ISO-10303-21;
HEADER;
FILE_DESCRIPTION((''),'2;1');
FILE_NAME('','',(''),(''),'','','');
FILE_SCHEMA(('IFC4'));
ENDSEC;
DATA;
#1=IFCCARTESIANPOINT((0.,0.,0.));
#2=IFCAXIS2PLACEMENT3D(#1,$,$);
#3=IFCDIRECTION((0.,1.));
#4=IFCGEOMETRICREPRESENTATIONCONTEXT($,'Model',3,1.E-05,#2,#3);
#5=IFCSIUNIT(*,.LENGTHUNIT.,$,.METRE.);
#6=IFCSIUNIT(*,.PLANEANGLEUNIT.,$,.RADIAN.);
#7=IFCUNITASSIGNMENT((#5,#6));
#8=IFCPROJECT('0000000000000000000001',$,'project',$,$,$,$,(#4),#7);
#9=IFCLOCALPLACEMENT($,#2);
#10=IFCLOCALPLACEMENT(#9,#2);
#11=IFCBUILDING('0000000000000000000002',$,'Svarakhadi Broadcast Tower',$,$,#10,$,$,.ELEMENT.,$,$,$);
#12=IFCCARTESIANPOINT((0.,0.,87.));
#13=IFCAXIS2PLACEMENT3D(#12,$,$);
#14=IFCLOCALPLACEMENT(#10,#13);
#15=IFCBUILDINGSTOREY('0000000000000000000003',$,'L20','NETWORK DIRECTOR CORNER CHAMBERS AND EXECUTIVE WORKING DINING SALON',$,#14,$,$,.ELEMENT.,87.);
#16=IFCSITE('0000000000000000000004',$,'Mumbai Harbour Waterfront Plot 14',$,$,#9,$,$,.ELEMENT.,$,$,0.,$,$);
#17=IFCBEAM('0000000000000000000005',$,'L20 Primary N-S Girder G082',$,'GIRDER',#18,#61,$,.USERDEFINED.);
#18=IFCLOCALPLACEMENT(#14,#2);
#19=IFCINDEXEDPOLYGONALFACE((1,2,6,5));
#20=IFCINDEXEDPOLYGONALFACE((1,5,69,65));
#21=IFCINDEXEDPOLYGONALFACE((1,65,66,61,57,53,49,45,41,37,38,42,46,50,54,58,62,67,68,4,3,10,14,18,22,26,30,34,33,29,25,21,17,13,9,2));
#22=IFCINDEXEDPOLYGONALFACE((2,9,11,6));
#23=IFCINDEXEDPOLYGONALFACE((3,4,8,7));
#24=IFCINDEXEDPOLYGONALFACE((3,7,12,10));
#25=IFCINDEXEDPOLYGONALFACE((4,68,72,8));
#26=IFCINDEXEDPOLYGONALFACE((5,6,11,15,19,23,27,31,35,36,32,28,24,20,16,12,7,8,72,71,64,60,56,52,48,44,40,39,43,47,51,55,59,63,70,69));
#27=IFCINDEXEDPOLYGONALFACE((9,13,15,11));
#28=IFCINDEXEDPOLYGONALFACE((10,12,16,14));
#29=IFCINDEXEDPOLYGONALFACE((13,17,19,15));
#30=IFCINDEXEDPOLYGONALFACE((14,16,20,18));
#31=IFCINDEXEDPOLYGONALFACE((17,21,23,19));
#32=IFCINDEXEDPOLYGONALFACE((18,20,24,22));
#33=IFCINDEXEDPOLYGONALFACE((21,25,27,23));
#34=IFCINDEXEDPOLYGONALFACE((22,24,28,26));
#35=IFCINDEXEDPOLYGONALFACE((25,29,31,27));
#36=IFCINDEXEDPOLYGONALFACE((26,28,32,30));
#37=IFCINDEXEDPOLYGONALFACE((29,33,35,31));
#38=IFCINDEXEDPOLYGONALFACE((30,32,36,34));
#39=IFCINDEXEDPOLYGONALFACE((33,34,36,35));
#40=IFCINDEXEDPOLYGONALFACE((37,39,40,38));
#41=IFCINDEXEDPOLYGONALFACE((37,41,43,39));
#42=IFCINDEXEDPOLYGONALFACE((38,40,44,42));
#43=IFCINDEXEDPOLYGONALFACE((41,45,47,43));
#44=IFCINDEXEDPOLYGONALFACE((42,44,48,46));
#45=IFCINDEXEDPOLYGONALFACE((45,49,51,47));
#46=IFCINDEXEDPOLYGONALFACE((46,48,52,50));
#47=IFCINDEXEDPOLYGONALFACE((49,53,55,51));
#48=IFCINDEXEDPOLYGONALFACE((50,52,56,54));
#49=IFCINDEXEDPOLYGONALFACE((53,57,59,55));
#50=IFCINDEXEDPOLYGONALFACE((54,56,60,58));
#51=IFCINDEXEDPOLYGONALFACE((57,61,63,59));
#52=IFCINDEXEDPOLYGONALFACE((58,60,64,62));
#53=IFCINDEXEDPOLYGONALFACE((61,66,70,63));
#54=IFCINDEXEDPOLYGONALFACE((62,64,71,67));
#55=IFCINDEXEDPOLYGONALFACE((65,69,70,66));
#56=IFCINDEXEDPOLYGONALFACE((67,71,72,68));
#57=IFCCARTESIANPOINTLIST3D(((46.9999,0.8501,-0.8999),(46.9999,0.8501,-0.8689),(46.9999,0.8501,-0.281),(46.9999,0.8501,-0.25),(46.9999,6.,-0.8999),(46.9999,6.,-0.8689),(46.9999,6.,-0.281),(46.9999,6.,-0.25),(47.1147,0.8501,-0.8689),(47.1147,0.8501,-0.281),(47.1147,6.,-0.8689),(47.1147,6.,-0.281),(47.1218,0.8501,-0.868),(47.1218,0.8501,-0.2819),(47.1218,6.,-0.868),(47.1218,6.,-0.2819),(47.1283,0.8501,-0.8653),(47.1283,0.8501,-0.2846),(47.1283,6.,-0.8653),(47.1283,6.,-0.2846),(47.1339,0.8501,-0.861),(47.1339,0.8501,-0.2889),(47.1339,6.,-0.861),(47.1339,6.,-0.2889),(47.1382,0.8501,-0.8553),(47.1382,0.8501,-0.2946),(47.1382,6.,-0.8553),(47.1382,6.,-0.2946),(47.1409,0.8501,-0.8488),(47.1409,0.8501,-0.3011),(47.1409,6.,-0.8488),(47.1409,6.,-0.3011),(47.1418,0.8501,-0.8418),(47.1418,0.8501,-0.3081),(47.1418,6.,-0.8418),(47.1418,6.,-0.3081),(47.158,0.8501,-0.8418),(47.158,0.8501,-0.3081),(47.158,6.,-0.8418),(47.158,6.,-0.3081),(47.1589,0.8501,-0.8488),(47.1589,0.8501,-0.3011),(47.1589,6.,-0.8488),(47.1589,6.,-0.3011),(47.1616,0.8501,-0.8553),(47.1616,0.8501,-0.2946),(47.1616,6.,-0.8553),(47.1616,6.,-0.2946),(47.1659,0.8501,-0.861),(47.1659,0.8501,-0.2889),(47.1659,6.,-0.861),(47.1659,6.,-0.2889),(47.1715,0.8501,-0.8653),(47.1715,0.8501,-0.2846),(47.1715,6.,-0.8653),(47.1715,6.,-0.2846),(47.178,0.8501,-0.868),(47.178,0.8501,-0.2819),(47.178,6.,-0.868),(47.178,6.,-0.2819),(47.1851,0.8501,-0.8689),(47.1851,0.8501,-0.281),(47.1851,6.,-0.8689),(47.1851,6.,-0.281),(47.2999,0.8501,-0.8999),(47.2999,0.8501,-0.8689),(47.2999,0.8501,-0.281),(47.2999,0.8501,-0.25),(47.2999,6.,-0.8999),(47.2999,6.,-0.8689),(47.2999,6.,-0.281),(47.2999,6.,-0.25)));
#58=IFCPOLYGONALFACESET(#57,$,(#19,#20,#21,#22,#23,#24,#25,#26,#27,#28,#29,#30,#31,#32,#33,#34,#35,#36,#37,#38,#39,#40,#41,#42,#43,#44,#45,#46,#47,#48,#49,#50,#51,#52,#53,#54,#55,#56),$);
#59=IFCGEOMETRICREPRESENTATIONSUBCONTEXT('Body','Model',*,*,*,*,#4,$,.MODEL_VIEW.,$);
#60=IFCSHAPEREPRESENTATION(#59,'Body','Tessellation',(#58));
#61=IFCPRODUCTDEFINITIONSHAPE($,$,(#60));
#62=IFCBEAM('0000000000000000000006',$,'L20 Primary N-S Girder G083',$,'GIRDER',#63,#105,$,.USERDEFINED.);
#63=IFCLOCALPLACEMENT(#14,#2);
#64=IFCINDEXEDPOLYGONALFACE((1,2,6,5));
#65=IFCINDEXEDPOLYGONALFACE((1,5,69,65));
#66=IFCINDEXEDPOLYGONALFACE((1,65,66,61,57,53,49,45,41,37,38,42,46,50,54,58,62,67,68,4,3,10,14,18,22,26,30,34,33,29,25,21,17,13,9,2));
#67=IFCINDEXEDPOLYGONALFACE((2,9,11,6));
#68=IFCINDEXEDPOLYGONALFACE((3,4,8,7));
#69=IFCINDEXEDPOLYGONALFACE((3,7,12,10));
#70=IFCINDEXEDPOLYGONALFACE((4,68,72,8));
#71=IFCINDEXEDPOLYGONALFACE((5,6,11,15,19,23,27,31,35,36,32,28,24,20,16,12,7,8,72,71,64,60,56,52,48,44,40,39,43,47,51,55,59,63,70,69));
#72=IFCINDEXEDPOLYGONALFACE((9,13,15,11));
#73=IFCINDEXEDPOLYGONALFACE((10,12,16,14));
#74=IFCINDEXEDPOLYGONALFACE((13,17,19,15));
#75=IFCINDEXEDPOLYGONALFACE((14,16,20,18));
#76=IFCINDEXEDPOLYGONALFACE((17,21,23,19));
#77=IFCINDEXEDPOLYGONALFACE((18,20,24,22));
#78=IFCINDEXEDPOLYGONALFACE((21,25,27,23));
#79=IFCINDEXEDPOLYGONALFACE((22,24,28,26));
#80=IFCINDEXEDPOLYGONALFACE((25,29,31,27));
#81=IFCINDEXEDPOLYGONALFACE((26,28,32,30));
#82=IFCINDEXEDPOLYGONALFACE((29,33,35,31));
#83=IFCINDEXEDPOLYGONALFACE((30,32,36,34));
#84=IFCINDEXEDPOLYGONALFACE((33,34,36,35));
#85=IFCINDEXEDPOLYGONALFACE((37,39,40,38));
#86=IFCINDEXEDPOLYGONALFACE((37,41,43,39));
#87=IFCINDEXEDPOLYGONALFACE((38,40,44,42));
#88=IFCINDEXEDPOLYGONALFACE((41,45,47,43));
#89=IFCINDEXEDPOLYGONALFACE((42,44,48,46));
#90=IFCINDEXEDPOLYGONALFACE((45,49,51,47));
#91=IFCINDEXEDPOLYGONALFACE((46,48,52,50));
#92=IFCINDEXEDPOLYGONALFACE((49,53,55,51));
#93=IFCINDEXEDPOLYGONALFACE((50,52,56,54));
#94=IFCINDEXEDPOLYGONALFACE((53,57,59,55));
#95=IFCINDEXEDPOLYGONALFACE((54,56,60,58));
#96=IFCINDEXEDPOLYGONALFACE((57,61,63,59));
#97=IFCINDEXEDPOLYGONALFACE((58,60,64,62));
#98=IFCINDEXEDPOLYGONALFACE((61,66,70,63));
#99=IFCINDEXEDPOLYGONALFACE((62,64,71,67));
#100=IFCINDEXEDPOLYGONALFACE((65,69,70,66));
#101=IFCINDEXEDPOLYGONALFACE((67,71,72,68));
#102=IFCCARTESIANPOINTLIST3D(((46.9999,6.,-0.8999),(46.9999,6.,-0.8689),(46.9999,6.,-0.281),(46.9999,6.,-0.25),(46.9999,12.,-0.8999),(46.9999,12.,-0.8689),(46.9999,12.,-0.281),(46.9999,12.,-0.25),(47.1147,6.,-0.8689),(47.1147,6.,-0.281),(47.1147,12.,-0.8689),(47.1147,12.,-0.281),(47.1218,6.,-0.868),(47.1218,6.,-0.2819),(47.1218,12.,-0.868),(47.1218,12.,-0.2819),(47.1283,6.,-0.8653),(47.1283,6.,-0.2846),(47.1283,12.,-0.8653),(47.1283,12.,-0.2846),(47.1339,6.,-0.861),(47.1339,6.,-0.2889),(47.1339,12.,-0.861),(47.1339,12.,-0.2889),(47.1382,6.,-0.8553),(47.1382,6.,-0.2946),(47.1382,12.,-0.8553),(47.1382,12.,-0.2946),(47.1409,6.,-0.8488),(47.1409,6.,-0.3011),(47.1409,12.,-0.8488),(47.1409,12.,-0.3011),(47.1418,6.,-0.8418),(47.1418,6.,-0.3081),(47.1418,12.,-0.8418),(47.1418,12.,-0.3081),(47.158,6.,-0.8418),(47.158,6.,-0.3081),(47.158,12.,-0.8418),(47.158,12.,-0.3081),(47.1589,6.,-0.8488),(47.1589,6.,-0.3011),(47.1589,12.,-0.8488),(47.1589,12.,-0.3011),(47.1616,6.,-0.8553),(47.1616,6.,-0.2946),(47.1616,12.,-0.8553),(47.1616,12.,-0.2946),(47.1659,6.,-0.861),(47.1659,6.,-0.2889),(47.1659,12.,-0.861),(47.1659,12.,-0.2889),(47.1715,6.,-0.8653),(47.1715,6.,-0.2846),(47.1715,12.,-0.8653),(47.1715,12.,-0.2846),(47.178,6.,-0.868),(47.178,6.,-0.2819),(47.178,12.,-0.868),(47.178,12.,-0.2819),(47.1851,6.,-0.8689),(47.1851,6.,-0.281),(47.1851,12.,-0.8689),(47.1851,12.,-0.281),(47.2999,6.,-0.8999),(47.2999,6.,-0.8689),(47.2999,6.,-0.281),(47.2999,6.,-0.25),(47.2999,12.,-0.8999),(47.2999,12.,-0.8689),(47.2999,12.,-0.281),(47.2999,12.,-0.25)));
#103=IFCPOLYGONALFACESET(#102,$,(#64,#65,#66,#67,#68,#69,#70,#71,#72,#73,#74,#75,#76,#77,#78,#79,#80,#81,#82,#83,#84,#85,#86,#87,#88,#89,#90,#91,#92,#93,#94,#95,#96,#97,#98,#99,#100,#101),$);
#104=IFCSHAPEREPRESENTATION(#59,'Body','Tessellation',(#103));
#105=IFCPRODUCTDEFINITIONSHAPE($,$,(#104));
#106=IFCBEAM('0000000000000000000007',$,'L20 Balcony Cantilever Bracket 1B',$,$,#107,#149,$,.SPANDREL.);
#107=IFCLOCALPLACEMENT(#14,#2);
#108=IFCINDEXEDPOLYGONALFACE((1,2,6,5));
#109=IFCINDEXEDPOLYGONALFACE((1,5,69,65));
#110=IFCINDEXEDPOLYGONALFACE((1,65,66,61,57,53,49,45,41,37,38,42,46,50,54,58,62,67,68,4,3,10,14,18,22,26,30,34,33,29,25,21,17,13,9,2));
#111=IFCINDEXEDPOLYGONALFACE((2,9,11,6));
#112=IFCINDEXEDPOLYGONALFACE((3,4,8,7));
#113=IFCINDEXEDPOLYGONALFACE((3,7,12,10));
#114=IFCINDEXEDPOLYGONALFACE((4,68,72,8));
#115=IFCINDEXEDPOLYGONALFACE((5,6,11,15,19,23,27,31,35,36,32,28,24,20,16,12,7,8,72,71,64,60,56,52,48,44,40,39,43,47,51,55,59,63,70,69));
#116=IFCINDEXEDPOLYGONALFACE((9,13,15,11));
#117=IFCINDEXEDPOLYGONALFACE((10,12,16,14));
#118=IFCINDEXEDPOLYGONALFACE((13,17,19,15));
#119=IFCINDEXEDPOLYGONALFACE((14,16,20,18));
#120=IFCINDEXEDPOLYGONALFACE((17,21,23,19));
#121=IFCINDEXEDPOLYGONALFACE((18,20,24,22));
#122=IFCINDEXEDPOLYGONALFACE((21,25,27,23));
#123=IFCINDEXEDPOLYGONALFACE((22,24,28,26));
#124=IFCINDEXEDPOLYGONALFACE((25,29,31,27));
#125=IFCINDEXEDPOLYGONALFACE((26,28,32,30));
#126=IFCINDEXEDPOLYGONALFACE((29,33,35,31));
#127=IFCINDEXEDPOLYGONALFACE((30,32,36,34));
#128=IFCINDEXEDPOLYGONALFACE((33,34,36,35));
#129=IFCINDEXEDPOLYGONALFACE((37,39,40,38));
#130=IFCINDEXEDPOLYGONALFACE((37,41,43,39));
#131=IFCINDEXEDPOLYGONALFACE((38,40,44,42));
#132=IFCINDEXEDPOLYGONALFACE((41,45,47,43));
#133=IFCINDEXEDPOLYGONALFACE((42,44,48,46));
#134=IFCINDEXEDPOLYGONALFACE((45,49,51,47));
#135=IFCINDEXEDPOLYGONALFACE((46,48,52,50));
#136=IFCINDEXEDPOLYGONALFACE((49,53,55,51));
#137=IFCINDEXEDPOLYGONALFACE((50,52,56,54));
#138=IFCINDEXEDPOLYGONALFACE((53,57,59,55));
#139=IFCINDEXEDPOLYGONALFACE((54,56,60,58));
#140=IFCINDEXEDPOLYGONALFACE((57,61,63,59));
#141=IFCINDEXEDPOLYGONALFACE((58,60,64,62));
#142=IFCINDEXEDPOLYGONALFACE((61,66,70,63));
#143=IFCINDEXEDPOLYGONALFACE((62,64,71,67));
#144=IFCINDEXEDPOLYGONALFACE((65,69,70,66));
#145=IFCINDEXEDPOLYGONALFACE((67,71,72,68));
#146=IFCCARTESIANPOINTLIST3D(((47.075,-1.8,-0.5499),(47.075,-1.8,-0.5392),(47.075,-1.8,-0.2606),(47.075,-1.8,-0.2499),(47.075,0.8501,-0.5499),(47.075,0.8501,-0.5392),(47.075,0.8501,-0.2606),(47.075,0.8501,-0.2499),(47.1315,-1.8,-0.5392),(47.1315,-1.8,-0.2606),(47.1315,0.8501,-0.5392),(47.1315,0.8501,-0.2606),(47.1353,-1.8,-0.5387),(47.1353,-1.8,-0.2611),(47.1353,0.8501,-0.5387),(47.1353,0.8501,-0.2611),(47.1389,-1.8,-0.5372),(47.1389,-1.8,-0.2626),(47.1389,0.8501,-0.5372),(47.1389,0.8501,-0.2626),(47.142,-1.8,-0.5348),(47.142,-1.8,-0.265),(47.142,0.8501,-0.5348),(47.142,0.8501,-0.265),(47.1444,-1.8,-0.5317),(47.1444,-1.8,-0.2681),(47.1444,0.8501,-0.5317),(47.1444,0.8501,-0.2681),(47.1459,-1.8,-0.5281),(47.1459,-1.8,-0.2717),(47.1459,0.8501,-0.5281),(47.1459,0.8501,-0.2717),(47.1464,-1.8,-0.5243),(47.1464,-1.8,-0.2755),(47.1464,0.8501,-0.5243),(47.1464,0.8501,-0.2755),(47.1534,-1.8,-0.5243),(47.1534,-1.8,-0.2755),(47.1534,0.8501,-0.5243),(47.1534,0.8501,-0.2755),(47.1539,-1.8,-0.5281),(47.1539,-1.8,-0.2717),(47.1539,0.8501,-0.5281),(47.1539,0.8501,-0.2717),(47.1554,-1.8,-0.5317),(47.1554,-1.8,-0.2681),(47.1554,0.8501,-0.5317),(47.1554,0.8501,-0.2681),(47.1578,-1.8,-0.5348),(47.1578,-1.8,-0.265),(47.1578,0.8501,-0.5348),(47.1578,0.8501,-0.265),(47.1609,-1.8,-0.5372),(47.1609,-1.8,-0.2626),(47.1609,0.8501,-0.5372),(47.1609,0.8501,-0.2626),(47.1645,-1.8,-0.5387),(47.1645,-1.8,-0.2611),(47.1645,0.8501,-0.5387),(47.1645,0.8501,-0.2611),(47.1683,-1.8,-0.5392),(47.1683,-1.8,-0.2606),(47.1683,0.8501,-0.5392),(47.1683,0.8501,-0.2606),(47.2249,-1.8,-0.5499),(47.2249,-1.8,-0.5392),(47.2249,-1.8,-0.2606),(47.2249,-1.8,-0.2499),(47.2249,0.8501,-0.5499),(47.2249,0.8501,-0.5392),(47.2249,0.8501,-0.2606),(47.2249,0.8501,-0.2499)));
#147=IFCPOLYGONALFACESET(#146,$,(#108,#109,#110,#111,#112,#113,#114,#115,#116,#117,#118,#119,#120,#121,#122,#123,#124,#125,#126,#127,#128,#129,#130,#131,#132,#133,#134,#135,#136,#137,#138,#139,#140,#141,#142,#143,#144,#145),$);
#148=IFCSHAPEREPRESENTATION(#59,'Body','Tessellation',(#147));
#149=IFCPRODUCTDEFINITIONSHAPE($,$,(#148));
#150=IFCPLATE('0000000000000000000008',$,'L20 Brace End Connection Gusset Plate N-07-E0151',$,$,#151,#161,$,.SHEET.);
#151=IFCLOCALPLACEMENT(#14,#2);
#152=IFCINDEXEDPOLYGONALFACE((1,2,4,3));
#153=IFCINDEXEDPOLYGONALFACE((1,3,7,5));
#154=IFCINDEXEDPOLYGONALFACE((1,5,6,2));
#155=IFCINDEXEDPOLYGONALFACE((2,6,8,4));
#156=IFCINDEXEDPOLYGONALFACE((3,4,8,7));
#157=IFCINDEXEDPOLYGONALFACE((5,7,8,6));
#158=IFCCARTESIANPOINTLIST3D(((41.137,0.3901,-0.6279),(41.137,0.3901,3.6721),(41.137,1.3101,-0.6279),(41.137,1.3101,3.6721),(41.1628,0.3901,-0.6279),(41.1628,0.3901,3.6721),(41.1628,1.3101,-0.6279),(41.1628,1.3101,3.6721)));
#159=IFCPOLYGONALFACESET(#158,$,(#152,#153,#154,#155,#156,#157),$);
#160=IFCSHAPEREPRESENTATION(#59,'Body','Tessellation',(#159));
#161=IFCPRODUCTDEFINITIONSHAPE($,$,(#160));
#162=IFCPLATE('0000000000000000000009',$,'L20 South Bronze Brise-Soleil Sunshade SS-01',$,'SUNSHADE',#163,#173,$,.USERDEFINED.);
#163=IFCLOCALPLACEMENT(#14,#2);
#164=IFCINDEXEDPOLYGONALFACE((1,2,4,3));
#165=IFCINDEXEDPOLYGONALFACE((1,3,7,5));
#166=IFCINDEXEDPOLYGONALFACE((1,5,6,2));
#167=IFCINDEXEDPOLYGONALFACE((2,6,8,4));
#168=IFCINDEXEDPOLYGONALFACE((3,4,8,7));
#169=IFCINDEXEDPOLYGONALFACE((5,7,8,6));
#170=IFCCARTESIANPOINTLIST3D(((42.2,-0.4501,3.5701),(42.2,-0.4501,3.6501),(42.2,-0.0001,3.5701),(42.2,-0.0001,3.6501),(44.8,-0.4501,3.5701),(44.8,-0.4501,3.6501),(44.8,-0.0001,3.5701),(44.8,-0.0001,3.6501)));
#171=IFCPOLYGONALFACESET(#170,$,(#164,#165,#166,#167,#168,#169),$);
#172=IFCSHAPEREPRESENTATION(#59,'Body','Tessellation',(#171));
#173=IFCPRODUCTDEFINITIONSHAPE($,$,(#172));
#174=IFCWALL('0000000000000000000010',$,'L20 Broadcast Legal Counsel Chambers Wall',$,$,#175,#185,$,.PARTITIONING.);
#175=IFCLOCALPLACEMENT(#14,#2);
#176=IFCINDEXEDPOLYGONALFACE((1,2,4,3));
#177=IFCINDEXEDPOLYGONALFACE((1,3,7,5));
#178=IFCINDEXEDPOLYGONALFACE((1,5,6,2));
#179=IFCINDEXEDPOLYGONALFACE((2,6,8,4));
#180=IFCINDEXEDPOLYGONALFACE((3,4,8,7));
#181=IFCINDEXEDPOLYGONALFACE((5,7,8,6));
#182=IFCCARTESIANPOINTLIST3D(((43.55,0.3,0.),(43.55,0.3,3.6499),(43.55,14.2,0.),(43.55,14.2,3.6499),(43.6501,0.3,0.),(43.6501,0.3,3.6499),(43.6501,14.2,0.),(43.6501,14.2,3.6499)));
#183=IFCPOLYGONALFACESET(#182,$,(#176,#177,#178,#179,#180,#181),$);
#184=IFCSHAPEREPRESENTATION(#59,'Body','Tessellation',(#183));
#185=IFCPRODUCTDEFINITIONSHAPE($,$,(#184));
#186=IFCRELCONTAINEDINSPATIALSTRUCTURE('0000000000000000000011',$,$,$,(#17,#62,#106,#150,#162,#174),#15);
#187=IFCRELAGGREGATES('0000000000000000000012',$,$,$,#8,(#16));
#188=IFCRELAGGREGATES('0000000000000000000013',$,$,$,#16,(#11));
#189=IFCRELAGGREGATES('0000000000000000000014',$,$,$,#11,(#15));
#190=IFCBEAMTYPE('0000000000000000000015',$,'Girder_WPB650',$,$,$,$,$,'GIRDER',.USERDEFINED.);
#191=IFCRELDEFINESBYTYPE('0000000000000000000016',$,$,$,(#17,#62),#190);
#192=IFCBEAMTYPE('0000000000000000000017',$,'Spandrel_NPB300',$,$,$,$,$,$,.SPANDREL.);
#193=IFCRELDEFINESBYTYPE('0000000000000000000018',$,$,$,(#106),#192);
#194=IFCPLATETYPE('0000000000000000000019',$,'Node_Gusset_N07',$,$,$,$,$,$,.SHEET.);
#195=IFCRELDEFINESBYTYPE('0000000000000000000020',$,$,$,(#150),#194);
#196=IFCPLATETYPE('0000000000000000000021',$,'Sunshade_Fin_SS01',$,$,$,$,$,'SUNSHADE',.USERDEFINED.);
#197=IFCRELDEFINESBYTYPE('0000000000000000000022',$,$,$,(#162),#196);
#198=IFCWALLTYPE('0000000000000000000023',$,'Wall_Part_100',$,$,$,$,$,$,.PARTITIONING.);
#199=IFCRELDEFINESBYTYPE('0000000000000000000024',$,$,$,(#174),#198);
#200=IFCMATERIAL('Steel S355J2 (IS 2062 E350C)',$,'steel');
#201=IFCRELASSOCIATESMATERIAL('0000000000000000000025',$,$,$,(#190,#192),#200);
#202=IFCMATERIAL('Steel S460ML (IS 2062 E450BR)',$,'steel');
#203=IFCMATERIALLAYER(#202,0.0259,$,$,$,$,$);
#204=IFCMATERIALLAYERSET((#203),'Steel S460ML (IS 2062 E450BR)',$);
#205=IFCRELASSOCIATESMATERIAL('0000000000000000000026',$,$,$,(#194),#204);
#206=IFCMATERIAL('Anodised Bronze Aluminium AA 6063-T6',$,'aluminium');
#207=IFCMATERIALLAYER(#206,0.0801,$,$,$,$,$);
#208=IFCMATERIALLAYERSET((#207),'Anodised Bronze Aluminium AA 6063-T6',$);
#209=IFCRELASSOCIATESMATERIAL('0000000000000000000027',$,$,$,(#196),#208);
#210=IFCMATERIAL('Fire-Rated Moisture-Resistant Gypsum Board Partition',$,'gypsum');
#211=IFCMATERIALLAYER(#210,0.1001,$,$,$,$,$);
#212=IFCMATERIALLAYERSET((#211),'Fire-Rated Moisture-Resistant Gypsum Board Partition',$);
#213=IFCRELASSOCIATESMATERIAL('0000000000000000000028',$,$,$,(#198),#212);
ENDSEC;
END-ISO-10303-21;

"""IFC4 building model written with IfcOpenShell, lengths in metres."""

from ifc_helpers import new_model, si_unit, direction, frame, frame_2d, origin, origin_2d, place, context, subcontext, project, spatial, rectangle, i_section, extrude, material, layer, layer_set, material_profile, profile_set, type_object, element, save


model = new_model("IFC4")

# Units and contexts
model_context = context("Model", 3, precision=1e-05, world=origin(), true_north=direction((0.0, 1.0)))
body_context = subcontext(model_context, "Body", "Model", "MODEL_VIEW")
ifc_project = project(units=[si_unit("LENGTHUNIT", "METRE"), si_unit("PLANEANGLEUNIT", "RADIAN")], contexts=[model_context])

# Site, building, storey
site_placement = place(None, origin())
site = spatial("IfcSite", under=ifc_project, at=site_placement, Name="Mumbai Harbour Waterfront Plot 14", CompositionType="ELEMENT", RefElevation=0.0)
building_placement = place(site_placement, origin())
building = spatial("IfcBuilding", under=site, at=building_placement, Name="Svarakhadi Broadcast Tower", CompositionType="ELEMENT")
storey_placement = place(building_placement, frame((0.0, 0.0, 87.0)))
storey = spatial("IfcBuildingStorey", under=building, at=storey_placement, Name="L20", Description="NETWORK DIRECTOR CORNER CHAMBERS AND EXECUTIVE WORKING DINING SALON", CompositionType="ELEMENT", Elevation=87.0)

# Shared definitions
ifc_material_1 = material(Name="Steel S460ML (IS 2062 E450BR)", Category="steel")

# Beams
ifc_material_2 = material(Name="Steel S355J2 (IS 2062 E350C)", Category="steel")
ifc_material_profile_1 = material_profile(ifc_material_2, i_section(OverallWidth=0.3, OverallDepth=0.6499, WebThickness=0.0161, FlangeThickness=0.031, FilletRadius=0.0271, at=origin_2d()), Name="WPB 650x300x225")
ifc_profile_set_1 = profile_set([ifc_material_profile_1], Name="Steel S355J2 (IS 2062 E350C)")
beam_type_1 = type_object("IfcBeamType", Name="Girder_WPB650", ElementType="GIRDER", PredefinedType="USERDEFINED", material=ifc_profile_set_1)
beam_1_placement = place(storey_placement, frame((47.1499, 0.8501, -0.575), z_axis=(0.0, 1.0, 0.0), x_axis=(-1.0, 0.0, 0.0)))
element("IfcBeam", 1, at=beam_1_placement, inside=storey, type_object=beam_type_1, Name="L20 Primary N-S Girder G082", ObjectType="GIRDER", PredefinedType="USERDEFINED", context=body_context, shape_type="SweptSolid", body=[
    extrude(i_section(OverallWidth=0.3, OverallDepth=0.6499, WebThickness=0.0161, FlangeThickness=0.031, FilletRadius=0.0271, at=origin_2d()), origin(), (0.0, 0.0, 1.0), 5.1499),
])
beam_2_placement = place(storey_placement, frame((47.1499, 6.0, -0.575), z_axis=(0.0, 1.0, 0.0), x_axis=(-1.0, 0.0, 0.0)))
element("IfcBeam", 2, at=beam_2_placement, inside=storey, type_object=beam_type_1, Name="L20 Primary N-S Girder G083", ObjectType="GIRDER", PredefinedType="USERDEFINED", context=body_context, shape_type="SweptSolid", body=[
    extrude(i_section(OverallWidth=0.3, OverallDepth=0.6499, WebThickness=0.0161, FlangeThickness=0.031, FilletRadius=0.0271, at=origin_2d()), origin(), (0.0, 0.0, 1.0), 6.0),
])
ifc_material_profile_2 = material_profile(ifc_material_2, i_section(OverallWidth=0.1499, OverallDepth=0.3, WebThickness=0.0071, FlangeThickness=0.0107, FilletRadius=0.0149, at=origin_2d()), Name="NPB 300x150x37")
ifc_profile_set_2 = profile_set([ifc_material_profile_2], Name="Steel S355J2 (IS 2062 E350C)")
beam_type_2 = type_object("IfcBeamType", Name="Spandrel_NPB300", PredefinedType="SPANDREL", material=ifc_profile_set_2)
beam_3_placement = place(storey_placement, frame((47.1499, 0.8501, -0.3999), z_axis=(0.0, -1.0, 0.0), x_axis=(1.0, 0.0, 0.0)))
element("IfcBeam", 3, at=beam_3_placement, inside=storey, type_object=beam_type_2, Name="L20 Balcony Cantilever Bracket 1B", PredefinedType="SPANDREL", context=body_context, shape_type="SweptSolid", body=[
    extrude(i_section(OverallWidth=0.1499, OverallDepth=0.3, WebThickness=0.0071, FlangeThickness=0.0107, FilletRadius=0.0149, at=origin_2d()), origin(), (0.0, 0.0, 1.0), 2.6501),
])

# Plates
ifc_layer_1 = layer(ifc_material_1, 0.0259)
ifc_layer_set_1 = layer_set([ifc_layer_1], Name="Steel S460ML (IS 2062 E450BR)")
plate_type_1 = type_object("IfcPlateType", Name="Node_Gusset_N07", PredefinedType="SHEET", material=ifc_layer_set_1)
plate_1_placement = place(storey_placement, frame((41.1499, 0.8501, -0.6279), z_axis=(0.0, 0.0, 1.0), x_axis=(0.0, 1.0, 0.0)))
element("IfcPlate", 4, at=plate_1_placement, inside=storey, type_object=plate_type_1, Name="L20 Brace End Connection Gusset Plate N-07-E0151", PredefinedType="SHEET", context=body_context, shape_type="SweptSolid", body=[
    extrude(rectangle(XDim=0.9199, YDim=0.0259, at=origin_2d()), origin(), (0.0, 0.0, 1.0), 4.3),
])
ifc_material_3 = material(Name="Anodised Bronze Aluminium AA 6063-T6", Category="aluminium")
ifc_layer_2 = layer(ifc_material_3, 0.0801)
ifc_layer_set_2 = layer_set([ifc_layer_2], Name="Anodised Bronze Aluminium AA 6063-T6")
plate_type_2 = type_object("IfcPlateType", Name="Sunshade_Fin_SS01", ElementType="SUNSHADE", PredefinedType="USERDEFINED", material=ifc_layer_set_2)
plate_2_placement = place(storey_placement, frame((43.5, -0.2251, 3.5701), z_axis=(0.0, 0.0, 1.0), x_axis=(1.0, 0.0, 0.0)))
element("IfcPlate", 5, at=plate_2_placement, inside=storey, type_object=plate_type_2, Name="L20 South Bronze Brise-Soleil Sunshade SS-01", ObjectType="SUNSHADE", PredefinedType="USERDEFINED", context=body_context, shape_type="SweptSolid", body=[
    extrude(rectangle(XDim=2.6001, YDim=0.45, at=origin_2d()), origin(), (0.0, 0.0, 1.0), 0.0801),
])

# Wall
ifc_material_4 = material(Name="Fire-Rated Moisture-Resistant Gypsum Board Partition", Category="gypsum")
ifc_layer_3 = layer(ifc_material_4, 0.1001)
ifc_layer_set_3 = layer_set([ifc_layer_3], Name="Fire-Rated Moisture-Resistant Gypsum Board Partition")
wall_type = type_object("IfcWallType", Name="Wall_Part_100", PredefinedType="PARTITIONING", material=ifc_layer_set_3)
wall_placement = place(storey_placement, frame((43.6001, 0.3, 0.0), z_axis=(0.0, 0.0, 1.0), x_axis=(0.0, 1.0, 0.0)))
element("IfcWall", 6, at=wall_placement, inside=storey, type_object=wall_type, Name="L20 Broadcast Legal Counsel Chambers Wall", PredefinedType="PARTITIONING", context=body_context, shape_type="SweptSolid", body=[
    extrude(rectangle(XDim=13.8999, YDim=0.1001, at=frame_2d((6.95, 0.0))), origin(), (0.0, 0.0, 1.0), 3.6499),
])

save(model, "model.ifc")
